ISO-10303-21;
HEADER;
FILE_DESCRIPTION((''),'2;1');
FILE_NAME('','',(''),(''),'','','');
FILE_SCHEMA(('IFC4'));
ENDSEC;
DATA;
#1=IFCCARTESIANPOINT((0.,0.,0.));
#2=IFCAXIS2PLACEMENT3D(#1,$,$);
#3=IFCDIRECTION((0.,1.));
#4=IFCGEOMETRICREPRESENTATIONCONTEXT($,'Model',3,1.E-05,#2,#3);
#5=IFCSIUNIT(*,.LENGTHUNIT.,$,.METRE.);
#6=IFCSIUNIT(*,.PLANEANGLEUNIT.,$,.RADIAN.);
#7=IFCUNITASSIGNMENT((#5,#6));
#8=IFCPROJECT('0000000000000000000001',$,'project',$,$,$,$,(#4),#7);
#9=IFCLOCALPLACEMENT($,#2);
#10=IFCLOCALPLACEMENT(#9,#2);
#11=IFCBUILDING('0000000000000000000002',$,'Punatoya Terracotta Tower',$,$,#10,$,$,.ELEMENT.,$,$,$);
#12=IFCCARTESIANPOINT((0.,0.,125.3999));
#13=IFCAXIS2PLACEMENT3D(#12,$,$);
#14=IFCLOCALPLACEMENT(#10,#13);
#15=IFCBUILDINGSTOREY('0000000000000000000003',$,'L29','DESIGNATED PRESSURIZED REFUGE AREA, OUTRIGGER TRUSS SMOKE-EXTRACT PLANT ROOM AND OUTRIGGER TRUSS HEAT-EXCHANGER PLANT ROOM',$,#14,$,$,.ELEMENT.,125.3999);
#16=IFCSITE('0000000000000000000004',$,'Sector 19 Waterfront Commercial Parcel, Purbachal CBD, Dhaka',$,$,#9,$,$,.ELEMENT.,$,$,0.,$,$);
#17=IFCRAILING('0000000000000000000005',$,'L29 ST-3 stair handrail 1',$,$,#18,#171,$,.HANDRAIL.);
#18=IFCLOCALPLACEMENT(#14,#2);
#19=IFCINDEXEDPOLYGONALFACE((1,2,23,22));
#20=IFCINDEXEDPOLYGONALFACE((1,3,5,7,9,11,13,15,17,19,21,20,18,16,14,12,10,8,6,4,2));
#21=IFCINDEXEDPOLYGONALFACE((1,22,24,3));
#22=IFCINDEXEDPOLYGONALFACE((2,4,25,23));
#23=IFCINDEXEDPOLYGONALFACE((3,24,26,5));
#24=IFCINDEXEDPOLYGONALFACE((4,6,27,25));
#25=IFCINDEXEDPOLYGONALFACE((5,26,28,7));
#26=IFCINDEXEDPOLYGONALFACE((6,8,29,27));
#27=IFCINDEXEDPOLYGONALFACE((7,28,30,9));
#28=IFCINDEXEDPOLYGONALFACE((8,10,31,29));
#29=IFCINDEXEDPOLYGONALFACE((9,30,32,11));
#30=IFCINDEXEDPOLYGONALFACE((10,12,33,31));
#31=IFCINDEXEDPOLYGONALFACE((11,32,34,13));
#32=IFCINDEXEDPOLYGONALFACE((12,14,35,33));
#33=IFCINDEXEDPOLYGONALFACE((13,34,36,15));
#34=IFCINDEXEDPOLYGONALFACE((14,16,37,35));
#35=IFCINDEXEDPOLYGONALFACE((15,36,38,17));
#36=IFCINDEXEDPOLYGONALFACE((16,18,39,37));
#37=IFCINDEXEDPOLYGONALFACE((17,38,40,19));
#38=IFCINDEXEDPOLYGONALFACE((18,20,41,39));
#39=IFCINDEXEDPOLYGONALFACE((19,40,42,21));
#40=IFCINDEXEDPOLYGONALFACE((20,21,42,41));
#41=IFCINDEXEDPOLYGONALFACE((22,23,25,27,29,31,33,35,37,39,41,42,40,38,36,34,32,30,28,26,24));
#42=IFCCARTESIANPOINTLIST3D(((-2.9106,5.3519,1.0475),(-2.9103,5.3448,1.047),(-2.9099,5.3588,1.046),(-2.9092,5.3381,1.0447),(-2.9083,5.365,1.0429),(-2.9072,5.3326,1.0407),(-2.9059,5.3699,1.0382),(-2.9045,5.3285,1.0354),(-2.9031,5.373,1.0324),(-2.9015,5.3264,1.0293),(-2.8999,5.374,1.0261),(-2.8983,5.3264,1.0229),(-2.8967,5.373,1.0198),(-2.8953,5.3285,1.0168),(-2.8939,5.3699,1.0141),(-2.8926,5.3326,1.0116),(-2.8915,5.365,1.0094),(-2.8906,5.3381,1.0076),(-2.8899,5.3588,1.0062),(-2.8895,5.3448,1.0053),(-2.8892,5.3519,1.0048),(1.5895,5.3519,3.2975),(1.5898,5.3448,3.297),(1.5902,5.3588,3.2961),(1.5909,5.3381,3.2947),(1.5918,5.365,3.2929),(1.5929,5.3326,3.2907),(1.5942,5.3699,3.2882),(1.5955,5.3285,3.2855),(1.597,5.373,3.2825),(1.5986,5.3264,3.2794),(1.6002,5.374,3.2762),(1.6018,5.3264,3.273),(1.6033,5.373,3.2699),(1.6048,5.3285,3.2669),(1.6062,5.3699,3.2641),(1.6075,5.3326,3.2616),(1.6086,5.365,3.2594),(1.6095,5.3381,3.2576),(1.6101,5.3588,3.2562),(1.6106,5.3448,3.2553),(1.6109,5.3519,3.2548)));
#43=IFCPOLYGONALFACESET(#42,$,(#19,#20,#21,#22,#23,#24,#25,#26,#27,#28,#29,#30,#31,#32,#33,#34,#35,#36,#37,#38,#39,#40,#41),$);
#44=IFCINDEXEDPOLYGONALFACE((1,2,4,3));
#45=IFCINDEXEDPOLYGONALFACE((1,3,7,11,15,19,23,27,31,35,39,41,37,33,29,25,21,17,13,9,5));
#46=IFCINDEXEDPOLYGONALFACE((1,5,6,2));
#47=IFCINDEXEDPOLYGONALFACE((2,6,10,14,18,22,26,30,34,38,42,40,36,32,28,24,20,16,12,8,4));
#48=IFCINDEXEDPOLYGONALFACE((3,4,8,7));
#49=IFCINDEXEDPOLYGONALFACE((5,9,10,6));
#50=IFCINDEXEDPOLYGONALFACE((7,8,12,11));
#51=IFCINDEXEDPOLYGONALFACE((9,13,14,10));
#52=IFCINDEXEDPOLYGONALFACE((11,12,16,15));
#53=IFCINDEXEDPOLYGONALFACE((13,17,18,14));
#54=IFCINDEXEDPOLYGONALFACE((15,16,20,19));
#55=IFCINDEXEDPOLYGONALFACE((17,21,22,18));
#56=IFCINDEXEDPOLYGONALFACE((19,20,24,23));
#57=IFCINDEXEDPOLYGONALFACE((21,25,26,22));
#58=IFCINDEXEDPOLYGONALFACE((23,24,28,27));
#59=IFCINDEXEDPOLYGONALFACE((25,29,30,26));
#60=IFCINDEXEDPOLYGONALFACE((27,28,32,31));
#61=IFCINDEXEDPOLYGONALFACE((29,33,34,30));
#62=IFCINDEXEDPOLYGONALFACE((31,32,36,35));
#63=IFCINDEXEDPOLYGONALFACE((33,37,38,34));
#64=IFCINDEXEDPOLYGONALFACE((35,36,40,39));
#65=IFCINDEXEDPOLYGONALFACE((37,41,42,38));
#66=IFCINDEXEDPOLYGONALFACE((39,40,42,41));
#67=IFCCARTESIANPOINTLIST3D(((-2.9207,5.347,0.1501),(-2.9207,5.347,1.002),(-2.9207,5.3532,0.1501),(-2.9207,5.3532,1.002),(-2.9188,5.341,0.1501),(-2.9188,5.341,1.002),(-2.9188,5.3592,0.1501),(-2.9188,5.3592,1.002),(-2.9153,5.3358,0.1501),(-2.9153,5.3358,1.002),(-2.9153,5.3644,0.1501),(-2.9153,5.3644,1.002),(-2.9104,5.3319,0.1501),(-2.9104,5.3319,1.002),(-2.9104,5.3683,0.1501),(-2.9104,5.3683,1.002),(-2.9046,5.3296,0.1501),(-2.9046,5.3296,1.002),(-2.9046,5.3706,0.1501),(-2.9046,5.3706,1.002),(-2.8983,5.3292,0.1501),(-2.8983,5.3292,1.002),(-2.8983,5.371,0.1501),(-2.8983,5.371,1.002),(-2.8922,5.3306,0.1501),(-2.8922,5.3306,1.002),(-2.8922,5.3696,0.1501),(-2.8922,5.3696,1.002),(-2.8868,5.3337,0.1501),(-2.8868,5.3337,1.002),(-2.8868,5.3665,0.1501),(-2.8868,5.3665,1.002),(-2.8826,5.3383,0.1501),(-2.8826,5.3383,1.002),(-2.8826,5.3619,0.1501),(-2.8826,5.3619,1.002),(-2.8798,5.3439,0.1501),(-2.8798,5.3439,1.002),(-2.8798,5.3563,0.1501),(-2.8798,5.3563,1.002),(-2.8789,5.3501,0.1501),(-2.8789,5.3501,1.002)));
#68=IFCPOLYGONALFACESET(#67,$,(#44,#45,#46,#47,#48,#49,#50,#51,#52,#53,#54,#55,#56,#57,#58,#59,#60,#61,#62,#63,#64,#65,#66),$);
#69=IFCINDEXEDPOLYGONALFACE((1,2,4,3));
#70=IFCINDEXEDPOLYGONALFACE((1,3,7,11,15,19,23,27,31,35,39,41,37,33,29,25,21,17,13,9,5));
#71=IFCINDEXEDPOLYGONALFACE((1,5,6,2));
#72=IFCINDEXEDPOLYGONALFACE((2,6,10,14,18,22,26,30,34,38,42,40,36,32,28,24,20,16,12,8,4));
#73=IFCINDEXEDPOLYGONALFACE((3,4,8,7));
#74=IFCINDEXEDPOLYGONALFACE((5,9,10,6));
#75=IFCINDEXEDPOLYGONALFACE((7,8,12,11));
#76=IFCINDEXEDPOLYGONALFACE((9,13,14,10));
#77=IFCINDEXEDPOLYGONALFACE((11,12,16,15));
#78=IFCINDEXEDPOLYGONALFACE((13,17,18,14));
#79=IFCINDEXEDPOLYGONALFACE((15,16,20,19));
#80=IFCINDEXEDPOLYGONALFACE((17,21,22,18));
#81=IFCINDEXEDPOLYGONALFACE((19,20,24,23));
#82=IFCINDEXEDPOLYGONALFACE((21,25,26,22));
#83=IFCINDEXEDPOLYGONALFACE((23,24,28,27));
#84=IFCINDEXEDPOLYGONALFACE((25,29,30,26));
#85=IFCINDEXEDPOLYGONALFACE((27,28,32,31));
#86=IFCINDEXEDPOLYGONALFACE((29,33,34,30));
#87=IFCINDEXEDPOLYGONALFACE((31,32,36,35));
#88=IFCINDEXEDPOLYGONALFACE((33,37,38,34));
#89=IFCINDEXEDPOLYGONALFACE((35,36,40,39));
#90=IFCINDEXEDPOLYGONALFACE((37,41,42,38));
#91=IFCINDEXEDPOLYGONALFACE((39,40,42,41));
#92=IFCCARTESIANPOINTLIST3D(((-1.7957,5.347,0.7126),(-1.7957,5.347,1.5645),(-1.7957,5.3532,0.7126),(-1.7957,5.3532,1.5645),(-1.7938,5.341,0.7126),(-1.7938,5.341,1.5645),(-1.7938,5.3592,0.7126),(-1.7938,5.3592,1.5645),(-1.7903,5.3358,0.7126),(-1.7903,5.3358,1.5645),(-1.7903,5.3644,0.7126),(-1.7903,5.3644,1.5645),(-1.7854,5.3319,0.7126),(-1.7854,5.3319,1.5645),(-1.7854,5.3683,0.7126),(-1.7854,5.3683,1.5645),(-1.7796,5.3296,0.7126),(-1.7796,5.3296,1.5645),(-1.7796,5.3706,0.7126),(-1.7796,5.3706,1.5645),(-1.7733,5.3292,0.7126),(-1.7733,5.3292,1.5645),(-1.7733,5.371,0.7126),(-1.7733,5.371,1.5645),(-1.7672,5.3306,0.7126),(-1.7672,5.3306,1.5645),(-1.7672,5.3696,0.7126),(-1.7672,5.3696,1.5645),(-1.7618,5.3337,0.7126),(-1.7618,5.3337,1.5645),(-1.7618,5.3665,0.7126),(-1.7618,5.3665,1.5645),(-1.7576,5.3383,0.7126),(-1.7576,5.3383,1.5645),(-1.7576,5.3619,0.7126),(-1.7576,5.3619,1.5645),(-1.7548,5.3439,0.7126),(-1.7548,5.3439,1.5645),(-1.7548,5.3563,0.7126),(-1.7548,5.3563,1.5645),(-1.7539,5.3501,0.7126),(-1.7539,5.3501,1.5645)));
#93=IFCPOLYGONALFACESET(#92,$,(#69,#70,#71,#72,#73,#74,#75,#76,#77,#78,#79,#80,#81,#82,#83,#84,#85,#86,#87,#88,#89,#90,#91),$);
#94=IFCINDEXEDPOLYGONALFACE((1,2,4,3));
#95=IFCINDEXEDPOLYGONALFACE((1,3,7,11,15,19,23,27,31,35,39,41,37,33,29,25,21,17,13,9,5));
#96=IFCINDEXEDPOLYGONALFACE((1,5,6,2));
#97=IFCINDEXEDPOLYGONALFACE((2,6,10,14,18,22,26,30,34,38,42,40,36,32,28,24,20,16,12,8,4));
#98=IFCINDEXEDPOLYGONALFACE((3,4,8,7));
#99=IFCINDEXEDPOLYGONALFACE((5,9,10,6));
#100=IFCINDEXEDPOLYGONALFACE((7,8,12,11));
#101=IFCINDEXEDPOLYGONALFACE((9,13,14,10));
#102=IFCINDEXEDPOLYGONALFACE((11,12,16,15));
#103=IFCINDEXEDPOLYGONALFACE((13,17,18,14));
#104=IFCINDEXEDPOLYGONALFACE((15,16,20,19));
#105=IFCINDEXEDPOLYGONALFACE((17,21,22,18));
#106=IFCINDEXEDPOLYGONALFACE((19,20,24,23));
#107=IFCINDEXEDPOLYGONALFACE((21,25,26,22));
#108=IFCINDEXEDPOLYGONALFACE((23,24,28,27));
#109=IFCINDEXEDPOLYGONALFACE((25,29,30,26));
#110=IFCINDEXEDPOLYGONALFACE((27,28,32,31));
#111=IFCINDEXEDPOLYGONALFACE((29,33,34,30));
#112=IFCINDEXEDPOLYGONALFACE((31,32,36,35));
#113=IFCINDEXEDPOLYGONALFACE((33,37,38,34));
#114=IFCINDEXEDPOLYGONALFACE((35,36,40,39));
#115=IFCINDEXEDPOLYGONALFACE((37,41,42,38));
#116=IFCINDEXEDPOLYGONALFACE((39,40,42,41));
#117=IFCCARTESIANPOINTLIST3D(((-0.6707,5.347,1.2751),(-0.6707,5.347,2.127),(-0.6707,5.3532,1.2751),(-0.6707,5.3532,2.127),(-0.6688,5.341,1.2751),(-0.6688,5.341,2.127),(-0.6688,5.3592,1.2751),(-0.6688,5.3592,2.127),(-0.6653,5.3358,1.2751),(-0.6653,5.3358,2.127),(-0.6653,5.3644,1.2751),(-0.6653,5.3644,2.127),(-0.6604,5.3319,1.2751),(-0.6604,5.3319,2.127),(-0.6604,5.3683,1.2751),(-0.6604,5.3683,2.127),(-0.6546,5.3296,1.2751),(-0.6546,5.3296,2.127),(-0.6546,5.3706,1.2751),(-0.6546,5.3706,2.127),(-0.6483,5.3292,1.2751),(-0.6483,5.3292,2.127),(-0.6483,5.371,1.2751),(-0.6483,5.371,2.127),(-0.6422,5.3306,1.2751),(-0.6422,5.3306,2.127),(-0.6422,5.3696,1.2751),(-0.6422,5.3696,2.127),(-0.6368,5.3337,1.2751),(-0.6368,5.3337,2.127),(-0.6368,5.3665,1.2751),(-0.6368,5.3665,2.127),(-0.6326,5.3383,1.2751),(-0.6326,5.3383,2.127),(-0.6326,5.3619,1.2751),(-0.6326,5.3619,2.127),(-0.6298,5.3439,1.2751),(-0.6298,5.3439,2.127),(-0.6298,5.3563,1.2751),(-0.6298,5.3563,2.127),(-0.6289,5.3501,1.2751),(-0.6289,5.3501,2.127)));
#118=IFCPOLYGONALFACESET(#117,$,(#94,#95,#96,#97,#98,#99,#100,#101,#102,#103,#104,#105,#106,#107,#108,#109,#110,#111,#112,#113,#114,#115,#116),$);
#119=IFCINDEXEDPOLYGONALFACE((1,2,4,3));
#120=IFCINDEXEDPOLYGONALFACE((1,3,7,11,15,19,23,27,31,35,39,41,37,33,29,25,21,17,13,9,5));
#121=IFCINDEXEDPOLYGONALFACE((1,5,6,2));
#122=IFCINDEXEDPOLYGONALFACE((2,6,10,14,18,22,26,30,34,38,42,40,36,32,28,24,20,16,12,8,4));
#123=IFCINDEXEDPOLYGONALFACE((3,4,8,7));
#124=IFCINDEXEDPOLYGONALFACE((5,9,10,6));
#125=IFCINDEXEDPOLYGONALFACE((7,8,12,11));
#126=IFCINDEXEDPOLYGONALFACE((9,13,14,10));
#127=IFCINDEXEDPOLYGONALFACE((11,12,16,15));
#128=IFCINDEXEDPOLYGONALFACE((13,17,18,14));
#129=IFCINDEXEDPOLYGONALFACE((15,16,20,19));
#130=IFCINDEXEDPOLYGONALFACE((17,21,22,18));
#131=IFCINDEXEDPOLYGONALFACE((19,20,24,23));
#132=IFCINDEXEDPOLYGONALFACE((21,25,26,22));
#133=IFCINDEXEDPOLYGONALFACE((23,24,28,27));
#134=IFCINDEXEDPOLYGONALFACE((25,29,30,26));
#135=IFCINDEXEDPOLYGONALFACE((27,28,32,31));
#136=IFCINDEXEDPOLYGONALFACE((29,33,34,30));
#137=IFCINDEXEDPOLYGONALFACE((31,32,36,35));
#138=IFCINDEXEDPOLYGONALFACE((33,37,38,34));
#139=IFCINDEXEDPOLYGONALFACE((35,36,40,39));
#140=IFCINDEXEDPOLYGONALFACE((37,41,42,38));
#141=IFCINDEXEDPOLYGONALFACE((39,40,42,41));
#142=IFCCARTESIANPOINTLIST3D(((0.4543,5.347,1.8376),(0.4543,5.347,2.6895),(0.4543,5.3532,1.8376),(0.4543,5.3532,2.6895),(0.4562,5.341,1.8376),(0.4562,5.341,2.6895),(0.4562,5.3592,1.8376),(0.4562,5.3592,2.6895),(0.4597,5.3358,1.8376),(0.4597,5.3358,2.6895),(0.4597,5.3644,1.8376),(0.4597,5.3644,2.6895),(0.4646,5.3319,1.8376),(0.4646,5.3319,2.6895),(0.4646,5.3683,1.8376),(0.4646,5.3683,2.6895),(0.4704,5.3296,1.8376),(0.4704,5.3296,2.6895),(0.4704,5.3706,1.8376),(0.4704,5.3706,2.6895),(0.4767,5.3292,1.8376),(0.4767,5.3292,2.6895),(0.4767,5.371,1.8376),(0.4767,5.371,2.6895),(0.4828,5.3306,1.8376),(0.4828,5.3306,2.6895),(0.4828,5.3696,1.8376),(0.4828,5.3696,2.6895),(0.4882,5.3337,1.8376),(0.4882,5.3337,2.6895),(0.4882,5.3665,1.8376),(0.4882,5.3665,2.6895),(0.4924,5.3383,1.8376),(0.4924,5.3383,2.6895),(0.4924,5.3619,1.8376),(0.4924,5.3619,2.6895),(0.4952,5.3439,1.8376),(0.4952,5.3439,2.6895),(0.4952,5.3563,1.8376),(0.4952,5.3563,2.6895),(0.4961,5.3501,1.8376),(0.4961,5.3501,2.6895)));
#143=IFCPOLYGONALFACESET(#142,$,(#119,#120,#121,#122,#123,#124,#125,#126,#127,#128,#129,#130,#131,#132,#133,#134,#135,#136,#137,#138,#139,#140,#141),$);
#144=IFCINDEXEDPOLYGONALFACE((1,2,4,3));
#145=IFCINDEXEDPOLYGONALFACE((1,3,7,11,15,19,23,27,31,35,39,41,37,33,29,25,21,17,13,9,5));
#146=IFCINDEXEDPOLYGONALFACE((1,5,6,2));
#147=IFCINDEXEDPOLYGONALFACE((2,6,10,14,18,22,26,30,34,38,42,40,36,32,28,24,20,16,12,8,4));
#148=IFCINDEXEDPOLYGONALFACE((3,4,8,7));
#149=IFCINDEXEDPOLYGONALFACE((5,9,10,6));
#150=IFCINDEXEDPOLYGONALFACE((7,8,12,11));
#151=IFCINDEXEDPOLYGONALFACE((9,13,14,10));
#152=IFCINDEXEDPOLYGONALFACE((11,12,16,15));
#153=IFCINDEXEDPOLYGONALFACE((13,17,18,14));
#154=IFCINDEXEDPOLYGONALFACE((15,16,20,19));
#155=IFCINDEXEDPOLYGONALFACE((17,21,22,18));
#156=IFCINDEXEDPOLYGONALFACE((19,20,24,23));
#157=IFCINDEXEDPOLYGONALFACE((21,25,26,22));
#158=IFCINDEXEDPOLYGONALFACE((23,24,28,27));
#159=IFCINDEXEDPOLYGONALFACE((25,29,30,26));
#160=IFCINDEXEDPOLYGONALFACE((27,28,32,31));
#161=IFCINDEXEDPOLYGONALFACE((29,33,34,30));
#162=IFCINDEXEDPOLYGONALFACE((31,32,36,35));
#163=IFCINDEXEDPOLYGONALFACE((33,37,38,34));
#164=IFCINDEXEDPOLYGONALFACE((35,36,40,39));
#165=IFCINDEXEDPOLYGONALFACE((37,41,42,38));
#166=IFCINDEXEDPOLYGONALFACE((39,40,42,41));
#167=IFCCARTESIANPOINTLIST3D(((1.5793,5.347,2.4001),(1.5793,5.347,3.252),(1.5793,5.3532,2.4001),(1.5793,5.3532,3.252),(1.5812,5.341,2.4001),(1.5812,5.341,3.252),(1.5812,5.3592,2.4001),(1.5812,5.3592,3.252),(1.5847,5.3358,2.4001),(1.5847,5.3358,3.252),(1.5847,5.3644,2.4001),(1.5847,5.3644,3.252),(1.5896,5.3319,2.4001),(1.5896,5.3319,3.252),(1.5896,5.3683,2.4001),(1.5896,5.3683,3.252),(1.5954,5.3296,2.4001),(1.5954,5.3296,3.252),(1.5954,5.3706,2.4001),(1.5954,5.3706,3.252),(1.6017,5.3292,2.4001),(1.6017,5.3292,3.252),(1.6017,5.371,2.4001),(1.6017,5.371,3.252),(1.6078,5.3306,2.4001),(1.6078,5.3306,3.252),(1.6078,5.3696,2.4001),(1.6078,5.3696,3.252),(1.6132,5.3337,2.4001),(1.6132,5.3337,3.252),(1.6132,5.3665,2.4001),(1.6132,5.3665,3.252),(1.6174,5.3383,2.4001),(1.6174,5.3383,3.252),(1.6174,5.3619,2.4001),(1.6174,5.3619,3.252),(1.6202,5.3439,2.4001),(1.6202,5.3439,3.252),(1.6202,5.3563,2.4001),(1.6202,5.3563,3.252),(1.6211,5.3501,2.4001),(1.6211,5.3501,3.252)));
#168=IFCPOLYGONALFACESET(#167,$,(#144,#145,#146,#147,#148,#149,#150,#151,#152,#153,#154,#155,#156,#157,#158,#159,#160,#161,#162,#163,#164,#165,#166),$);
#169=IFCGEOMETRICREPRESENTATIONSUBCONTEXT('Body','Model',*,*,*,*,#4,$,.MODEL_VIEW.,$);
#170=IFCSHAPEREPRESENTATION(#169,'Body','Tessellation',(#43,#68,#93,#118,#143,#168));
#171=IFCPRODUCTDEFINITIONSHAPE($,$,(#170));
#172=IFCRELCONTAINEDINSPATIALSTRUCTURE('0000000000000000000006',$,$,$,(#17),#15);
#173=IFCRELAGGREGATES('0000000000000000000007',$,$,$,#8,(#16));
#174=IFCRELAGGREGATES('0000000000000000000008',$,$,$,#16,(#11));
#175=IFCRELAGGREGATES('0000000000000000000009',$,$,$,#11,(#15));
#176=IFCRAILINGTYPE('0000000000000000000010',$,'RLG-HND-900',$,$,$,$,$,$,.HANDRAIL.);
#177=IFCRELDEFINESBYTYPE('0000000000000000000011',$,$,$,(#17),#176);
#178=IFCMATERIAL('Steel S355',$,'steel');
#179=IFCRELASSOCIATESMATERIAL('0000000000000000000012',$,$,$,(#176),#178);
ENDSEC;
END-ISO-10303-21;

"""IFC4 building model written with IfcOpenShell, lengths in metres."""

from ifc_helpers import new_model, si_unit, direction, frame, origin, origin_2d, place, context, subcontext, project, spatial, circle, extrude, material, type_object, element, save


model = new_model("IFC4")

# Units and contexts
model_context = context("Model", 3, precision=1e-05, world=origin(), true_north=direction((0.0, 1.0)))
body_context = subcontext(model_context, "Body", "Model", "MODEL_VIEW")
ifc_project = project(units=[si_unit("LENGTHUNIT", "METRE"), si_unit("PLANEANGLEUNIT", "RADIAN")], contexts=[model_context])

# Site, building, storey
site_placement = place(None, origin())
site = spatial("IfcSite", under=ifc_project, at=site_placement, Name="Sector 19 Waterfront Commercial Parcel, Purbachal CBD, Dhaka", CompositionType="ELEMENT", RefElevation=0.0)
building_placement = place(site_placement, origin())
building = spatial("IfcBuilding", under=site, at=building_placement, Name="Punatoya Terracotta Tower", CompositionType="ELEMENT")
storey_placement = place(building_placement, frame((0.0, 0.0, 125.3999)))
storey = spatial("IfcBuildingStorey", under=building, at=storey_placement, Name="L29", Description="DESIGNATED PRESSURIZED REFUGE AREA, OUTRIGGER TRUSS SMOKE-EXTRACT PLANT ROOM AND OUTRIGGER TRUSS HEAT-EXCHANGER PLANT ROOM", CompositionType="ELEMENT", Elevation=125.3999)

# Shared definitions
ifc_material_1 = material(Name="Steel S355", Category="steel")

# Railing
railing_type_1 = type_object("IfcRailingType", Name="RLG-HND-900", PredefinedType="HANDRAIL", material=ifc_material_1)
railing_1_placement = place(storey_placement, frame((-2.8999, 5.3501, 0.1501)))
element("IfcRailing", 1, at=railing_1_placement, inside=storey, type_object=railing_type_1, Name="L29 ST-3 stair handrail 1", PredefinedType="HANDRAIL", context=body_context, shape_type="SweptSolid", body=[
    extrude(circle(Radius=0.0239, at=origin_2d()), frame((0.0, 0.0, 0.876), z_axis=(0.894427, 0.0, 0.447214), x_axis=(0.0, 1.0, 0.0)), (0.0, 0.0, 1.0), 5.0312),
    extrude(circle(Radius=0.021, at=origin_2d()), origin(), (0.0, 0.0, 1.0), 0.8518),
    extrude(circle(Radius=0.021, at=origin_2d()), frame((1.125, 0.0, 0.5625)), (0.0, 0.0, 1.0), 0.8518),
    extrude(circle(Radius=0.021, at=origin_2d()), frame((2.25, 0.0, 1.125)), (0.0, 0.0, 1.0), 0.8518),
    extrude(circle(Radius=0.021, at=origin_2d()), frame((3.375, 0.0, 1.6875)), (0.0, 0.0, 1.0), 0.8518),
    extrude(circle(Radius=0.021, at=origin_2d()), frame((4.5, 0.0, 2.25)), (0.0, 0.0, 1.0), 0.8518),
])

save(model, "model.ifc")
